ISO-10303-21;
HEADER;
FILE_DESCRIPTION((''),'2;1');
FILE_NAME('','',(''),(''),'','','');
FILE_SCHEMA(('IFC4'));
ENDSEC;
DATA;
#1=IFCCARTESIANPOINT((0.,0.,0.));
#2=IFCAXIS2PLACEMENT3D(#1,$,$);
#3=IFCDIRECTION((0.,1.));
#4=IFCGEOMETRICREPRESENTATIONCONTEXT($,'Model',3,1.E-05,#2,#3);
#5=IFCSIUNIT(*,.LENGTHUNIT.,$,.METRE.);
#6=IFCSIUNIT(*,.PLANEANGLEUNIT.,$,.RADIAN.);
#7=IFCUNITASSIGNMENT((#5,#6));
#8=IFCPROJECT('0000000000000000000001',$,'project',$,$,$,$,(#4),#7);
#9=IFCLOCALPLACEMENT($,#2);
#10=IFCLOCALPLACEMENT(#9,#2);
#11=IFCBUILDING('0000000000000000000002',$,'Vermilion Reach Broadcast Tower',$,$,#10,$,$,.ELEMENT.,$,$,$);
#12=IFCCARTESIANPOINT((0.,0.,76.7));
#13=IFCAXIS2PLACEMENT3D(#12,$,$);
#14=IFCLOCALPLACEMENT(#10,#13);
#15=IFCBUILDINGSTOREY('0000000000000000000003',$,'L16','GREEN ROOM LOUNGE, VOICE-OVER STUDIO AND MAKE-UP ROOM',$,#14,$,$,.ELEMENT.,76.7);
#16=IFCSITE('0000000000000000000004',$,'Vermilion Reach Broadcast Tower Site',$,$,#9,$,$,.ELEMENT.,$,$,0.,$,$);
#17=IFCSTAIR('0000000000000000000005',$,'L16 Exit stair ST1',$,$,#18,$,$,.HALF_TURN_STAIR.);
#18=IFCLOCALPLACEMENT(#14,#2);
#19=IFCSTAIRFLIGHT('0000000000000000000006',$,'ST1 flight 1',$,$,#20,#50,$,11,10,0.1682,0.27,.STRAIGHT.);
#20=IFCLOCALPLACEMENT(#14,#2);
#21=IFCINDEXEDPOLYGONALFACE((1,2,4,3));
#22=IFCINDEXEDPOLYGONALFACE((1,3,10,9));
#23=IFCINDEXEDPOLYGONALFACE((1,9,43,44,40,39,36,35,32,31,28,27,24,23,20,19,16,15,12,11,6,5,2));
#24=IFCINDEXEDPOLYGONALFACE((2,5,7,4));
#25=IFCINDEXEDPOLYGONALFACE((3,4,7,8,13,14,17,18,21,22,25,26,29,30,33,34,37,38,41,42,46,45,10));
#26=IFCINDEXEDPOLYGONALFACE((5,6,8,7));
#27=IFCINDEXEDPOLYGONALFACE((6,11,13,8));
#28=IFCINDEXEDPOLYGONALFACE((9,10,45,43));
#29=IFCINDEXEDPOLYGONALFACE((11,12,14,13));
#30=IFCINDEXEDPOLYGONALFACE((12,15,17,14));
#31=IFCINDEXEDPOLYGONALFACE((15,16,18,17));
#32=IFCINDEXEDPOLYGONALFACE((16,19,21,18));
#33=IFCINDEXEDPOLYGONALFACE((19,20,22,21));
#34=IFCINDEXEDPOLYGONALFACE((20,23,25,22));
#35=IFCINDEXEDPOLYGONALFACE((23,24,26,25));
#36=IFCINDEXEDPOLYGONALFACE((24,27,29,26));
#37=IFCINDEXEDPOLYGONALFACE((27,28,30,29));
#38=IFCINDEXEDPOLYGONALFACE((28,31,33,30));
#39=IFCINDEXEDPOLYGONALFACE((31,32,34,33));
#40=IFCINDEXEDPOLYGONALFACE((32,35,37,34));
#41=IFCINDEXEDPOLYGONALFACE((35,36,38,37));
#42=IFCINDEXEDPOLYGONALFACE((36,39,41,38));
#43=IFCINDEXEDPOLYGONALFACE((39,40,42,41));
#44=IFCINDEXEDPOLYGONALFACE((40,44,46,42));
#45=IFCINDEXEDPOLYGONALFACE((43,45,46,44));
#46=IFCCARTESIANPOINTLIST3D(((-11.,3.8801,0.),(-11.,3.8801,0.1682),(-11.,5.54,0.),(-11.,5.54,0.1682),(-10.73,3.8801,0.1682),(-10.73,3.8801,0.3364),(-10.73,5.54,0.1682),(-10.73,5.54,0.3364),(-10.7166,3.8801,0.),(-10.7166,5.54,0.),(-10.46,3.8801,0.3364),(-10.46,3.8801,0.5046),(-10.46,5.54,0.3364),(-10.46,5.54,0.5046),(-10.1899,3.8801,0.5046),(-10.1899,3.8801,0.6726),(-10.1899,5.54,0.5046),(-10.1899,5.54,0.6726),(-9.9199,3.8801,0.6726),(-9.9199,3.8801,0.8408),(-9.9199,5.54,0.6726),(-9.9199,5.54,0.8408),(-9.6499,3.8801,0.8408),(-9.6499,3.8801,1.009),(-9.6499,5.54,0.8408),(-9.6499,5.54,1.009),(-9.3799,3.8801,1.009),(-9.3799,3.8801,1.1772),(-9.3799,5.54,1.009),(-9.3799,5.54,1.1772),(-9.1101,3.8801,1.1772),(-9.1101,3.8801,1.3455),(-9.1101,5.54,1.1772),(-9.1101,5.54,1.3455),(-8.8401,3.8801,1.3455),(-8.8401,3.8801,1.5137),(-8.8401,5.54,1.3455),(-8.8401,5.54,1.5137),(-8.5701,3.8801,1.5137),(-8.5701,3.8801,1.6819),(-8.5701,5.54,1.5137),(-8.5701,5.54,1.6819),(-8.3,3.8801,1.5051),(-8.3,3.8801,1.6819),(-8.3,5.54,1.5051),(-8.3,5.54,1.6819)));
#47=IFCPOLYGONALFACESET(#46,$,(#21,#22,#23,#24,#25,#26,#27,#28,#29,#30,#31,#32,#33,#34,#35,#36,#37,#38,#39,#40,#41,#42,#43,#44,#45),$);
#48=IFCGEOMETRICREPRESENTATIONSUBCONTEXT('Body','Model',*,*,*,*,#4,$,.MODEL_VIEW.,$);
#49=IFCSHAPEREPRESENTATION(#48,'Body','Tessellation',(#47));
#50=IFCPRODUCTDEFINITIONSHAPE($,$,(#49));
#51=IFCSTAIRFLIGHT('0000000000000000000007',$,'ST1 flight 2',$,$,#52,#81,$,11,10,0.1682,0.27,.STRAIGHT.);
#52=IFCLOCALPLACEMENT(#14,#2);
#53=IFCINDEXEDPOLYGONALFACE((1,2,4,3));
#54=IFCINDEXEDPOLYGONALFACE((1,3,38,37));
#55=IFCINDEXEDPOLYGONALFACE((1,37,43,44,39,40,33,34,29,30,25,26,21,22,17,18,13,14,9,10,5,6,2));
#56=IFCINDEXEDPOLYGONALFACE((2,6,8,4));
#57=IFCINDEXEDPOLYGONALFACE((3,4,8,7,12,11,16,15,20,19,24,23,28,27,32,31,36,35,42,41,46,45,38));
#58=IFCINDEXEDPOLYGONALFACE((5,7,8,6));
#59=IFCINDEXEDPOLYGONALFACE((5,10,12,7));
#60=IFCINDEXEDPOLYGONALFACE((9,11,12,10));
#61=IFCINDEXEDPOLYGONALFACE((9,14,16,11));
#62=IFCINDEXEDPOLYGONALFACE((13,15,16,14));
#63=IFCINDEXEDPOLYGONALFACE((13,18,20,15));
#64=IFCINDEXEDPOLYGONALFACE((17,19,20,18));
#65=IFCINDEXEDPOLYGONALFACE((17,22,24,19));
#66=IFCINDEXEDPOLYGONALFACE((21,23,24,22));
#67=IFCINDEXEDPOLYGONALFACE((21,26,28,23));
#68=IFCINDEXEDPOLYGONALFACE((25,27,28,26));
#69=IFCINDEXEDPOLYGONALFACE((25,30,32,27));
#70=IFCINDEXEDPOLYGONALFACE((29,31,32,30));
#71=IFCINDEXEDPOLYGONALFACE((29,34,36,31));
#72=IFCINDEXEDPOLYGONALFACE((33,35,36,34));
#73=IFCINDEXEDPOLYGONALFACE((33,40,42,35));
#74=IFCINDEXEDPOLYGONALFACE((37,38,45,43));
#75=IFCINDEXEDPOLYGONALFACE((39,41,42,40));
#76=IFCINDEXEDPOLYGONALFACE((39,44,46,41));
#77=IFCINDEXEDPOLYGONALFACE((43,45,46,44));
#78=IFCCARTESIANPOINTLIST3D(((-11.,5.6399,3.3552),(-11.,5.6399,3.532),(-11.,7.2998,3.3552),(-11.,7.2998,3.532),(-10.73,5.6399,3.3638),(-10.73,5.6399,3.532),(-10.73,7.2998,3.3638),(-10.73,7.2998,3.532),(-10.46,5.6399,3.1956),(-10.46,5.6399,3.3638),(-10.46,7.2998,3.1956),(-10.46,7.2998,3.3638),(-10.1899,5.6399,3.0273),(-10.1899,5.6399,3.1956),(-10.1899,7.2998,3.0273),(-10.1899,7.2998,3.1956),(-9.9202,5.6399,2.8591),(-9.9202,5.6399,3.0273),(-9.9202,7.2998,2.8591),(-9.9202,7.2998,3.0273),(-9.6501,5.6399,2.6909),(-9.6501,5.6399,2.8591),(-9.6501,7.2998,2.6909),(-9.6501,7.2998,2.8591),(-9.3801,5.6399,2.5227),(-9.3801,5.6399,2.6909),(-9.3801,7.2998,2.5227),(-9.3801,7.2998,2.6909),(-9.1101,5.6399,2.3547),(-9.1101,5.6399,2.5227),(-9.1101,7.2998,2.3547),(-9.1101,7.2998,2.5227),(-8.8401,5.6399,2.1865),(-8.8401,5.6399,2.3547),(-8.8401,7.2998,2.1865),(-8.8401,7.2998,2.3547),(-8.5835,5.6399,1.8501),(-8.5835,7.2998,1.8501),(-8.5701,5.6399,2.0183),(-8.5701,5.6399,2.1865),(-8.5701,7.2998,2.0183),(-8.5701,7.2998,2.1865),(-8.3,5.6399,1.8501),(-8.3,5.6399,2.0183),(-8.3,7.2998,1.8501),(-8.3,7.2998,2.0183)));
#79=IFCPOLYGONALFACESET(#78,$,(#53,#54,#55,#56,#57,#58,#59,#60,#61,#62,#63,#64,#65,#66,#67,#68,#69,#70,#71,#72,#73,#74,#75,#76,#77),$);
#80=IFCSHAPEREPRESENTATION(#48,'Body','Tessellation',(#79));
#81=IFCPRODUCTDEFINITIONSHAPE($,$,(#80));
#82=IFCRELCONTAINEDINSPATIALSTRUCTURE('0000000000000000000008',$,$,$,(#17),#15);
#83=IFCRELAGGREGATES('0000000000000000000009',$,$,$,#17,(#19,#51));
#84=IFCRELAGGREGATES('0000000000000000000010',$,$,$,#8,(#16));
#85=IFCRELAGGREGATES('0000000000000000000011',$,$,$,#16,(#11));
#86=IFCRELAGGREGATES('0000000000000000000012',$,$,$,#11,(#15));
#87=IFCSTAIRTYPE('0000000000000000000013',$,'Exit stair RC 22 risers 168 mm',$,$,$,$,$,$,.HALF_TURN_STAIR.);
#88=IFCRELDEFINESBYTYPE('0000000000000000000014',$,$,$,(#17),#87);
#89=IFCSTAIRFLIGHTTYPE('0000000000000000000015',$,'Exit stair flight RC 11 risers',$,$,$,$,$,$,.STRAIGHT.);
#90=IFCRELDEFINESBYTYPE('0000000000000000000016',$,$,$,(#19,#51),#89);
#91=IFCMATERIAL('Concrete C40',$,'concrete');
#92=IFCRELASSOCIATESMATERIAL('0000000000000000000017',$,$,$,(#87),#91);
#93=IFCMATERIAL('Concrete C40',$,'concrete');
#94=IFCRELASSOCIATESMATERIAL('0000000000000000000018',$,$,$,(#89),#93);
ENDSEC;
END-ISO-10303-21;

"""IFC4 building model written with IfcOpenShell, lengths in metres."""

from ifc_helpers import new_model, si_unit, direction, frame, origin, place, context, subcontext, project, spatial, polyline, outline, extrude, material, type_object, element, aggregate, save


model = new_model("IFC4")

# Units and contexts
model_context = context("Model", 3, precision=1e-05, world=origin(), true_north=direction((0.0, 1.0)))
body_context = subcontext(model_context, "Body", "Model", "MODEL_VIEW")
ifc_project = project(units=[si_unit("LENGTHUNIT", "METRE"), si_unit("PLANEANGLEUNIT", "RADIAN")], contexts=[model_context])

# Site, building, storey
site_placement = place(None, origin())
site = spatial("IfcSite", under=ifc_project, at=site_placement, Name="Vermilion Reach Broadcast Tower Site", CompositionType="ELEMENT", RefElevation=0.0)
building_placement = place(site_placement, origin())
building = spatial("IfcBuilding", under=site, at=building_placement, Name="Vermilion Reach Broadcast Tower", CompositionType="ELEMENT")
storey_placement = place(building_placement, frame((0.0, 0.0, 76.7)))
storey = spatial("IfcBuildingStorey", under=building, at=storey_placement, Name="L16", Description="GREEN ROOM LOUNGE, VOICE-OVER STUDIO AND MAKE-UP ROOM", CompositionType="ELEMENT", Elevation=76.7)

# Stair, stair flights
ifc_material_1 = material(Name="Concrete C40", Category="concrete")
stair_type = type_object("IfcStairType", Name="Exit stair RC 22 risers 168 mm", PredefinedType="HALF_TURN_STAIR", material=ifc_material_1)
stair_placement = place(storey_placement, origin())
stair = element("IfcStair", 1, at=stair_placement, inside=storey, type_object=stair_type, Name="L16 Exit stair ST1", PredefinedType="HALF_TURN_STAIR")
ifc_material_2 = material(Name="Concrete C40", Category="concrete")
stair_flight_type = type_object("IfcStairFlightType", Name="Exit stair flight RC 11 risers", PredefinedType="STRAIGHT", material=ifc_material_2)
stair_flight_1_placement = place(storey_placement, frame((-11.0, 4.71, 0.0), z_axis=(0.0, 0.0, 1.0), x_axis=(1.0, 0.0, 0.0)))
stair_flight_1 = element("IfcStairFlight", 2, at=stair_flight_1_placement, type_object=stair_flight_type, Name="ST1 flight 1", NumberOfRisers=11, NumberOfTreads=10, PredefinedType="STRAIGHT", RiserHeight=0.1682, TreadLength=0.27, context=body_context, shape_type="SweptSolid", body=[
    extrude(outline(polyline([(0.0, 0.0), (0.0, 0.1682), (0.27, 0.1682), (0.27, 0.3364), (0.54, 0.3364), (0.54, 0.5046), (0.8101, 0.5046), (0.8101, 0.6726), (1.0801, 0.6726), (1.0801, 0.8408), (1.3501, 0.8408), (1.3501, 1.009), (1.6201, 1.009), (1.6201, 1.1772), (1.8899, 1.1772), (1.8899, 1.3455), (2.1599, 1.3455), (2.1599, 1.5137), (2.4299, 1.5137), (2.4299, 1.6819), (2.7, 1.6819), (2.7, 1.8501), (2.7, 1.5051), (0.2834, 0.0), (0.0, 0.0)])), frame((0.0, 0.8301, 0.0), z_axis=(0.0, -1.0, 0.0), x_axis=(1.0, 0.0, 0.0)), (0.0, 0.0, 1.0), 1.6599),
])
stair_flight_2_placement = place(storey_placement, frame((-8.3, 6.47, 1.8501), z_axis=(0.0, 0.0, 1.0), x_axis=(-1.0, 0.0, 0.0)))
stair_flight_2 = element("IfcStairFlight", 3, at=stair_flight_2_placement, type_object=stair_flight_type, Name="ST1 flight 2", NumberOfRisers=11, NumberOfTreads=10, PredefinedType="STRAIGHT", RiserHeight=0.1682, TreadLength=0.27, context=body_context, shape_type="SweptSolid", body=[
    extrude(outline(polyline([(0.0, 0.0), (0.0, 0.1682), (0.27, 0.1682), (0.27, 0.3364), (0.54, 0.3364), (0.54, 0.5046), (0.8101, 0.5046), (0.8101, 0.6726), (1.0801, 0.6726), (1.0801, 0.8408), (1.3501, 0.8408), (1.3501, 1.009), (1.6201, 1.009), (1.6201, 1.1772), (1.8899, 1.1772), (1.8899, 1.3455), (2.1599, 1.3455), (2.1599, 1.5137), (2.4299, 1.5137), (2.4299, 1.6819), (2.7, 1.6819), (2.7, 1.8501), (2.7, 1.5051), (0.2834, 0.0), (0.0, 0.0)])), frame((0.0, 0.8301, 0.0), z_axis=(0.0, -1.0, 0.0), x_axis=(1.0, 0.0, 0.0)), (0.0, 0.0, 1.0), 1.6599),
])
aggregate(stair, [stair_flight_1, stair_flight_2])

save(model, "model.ifc")
